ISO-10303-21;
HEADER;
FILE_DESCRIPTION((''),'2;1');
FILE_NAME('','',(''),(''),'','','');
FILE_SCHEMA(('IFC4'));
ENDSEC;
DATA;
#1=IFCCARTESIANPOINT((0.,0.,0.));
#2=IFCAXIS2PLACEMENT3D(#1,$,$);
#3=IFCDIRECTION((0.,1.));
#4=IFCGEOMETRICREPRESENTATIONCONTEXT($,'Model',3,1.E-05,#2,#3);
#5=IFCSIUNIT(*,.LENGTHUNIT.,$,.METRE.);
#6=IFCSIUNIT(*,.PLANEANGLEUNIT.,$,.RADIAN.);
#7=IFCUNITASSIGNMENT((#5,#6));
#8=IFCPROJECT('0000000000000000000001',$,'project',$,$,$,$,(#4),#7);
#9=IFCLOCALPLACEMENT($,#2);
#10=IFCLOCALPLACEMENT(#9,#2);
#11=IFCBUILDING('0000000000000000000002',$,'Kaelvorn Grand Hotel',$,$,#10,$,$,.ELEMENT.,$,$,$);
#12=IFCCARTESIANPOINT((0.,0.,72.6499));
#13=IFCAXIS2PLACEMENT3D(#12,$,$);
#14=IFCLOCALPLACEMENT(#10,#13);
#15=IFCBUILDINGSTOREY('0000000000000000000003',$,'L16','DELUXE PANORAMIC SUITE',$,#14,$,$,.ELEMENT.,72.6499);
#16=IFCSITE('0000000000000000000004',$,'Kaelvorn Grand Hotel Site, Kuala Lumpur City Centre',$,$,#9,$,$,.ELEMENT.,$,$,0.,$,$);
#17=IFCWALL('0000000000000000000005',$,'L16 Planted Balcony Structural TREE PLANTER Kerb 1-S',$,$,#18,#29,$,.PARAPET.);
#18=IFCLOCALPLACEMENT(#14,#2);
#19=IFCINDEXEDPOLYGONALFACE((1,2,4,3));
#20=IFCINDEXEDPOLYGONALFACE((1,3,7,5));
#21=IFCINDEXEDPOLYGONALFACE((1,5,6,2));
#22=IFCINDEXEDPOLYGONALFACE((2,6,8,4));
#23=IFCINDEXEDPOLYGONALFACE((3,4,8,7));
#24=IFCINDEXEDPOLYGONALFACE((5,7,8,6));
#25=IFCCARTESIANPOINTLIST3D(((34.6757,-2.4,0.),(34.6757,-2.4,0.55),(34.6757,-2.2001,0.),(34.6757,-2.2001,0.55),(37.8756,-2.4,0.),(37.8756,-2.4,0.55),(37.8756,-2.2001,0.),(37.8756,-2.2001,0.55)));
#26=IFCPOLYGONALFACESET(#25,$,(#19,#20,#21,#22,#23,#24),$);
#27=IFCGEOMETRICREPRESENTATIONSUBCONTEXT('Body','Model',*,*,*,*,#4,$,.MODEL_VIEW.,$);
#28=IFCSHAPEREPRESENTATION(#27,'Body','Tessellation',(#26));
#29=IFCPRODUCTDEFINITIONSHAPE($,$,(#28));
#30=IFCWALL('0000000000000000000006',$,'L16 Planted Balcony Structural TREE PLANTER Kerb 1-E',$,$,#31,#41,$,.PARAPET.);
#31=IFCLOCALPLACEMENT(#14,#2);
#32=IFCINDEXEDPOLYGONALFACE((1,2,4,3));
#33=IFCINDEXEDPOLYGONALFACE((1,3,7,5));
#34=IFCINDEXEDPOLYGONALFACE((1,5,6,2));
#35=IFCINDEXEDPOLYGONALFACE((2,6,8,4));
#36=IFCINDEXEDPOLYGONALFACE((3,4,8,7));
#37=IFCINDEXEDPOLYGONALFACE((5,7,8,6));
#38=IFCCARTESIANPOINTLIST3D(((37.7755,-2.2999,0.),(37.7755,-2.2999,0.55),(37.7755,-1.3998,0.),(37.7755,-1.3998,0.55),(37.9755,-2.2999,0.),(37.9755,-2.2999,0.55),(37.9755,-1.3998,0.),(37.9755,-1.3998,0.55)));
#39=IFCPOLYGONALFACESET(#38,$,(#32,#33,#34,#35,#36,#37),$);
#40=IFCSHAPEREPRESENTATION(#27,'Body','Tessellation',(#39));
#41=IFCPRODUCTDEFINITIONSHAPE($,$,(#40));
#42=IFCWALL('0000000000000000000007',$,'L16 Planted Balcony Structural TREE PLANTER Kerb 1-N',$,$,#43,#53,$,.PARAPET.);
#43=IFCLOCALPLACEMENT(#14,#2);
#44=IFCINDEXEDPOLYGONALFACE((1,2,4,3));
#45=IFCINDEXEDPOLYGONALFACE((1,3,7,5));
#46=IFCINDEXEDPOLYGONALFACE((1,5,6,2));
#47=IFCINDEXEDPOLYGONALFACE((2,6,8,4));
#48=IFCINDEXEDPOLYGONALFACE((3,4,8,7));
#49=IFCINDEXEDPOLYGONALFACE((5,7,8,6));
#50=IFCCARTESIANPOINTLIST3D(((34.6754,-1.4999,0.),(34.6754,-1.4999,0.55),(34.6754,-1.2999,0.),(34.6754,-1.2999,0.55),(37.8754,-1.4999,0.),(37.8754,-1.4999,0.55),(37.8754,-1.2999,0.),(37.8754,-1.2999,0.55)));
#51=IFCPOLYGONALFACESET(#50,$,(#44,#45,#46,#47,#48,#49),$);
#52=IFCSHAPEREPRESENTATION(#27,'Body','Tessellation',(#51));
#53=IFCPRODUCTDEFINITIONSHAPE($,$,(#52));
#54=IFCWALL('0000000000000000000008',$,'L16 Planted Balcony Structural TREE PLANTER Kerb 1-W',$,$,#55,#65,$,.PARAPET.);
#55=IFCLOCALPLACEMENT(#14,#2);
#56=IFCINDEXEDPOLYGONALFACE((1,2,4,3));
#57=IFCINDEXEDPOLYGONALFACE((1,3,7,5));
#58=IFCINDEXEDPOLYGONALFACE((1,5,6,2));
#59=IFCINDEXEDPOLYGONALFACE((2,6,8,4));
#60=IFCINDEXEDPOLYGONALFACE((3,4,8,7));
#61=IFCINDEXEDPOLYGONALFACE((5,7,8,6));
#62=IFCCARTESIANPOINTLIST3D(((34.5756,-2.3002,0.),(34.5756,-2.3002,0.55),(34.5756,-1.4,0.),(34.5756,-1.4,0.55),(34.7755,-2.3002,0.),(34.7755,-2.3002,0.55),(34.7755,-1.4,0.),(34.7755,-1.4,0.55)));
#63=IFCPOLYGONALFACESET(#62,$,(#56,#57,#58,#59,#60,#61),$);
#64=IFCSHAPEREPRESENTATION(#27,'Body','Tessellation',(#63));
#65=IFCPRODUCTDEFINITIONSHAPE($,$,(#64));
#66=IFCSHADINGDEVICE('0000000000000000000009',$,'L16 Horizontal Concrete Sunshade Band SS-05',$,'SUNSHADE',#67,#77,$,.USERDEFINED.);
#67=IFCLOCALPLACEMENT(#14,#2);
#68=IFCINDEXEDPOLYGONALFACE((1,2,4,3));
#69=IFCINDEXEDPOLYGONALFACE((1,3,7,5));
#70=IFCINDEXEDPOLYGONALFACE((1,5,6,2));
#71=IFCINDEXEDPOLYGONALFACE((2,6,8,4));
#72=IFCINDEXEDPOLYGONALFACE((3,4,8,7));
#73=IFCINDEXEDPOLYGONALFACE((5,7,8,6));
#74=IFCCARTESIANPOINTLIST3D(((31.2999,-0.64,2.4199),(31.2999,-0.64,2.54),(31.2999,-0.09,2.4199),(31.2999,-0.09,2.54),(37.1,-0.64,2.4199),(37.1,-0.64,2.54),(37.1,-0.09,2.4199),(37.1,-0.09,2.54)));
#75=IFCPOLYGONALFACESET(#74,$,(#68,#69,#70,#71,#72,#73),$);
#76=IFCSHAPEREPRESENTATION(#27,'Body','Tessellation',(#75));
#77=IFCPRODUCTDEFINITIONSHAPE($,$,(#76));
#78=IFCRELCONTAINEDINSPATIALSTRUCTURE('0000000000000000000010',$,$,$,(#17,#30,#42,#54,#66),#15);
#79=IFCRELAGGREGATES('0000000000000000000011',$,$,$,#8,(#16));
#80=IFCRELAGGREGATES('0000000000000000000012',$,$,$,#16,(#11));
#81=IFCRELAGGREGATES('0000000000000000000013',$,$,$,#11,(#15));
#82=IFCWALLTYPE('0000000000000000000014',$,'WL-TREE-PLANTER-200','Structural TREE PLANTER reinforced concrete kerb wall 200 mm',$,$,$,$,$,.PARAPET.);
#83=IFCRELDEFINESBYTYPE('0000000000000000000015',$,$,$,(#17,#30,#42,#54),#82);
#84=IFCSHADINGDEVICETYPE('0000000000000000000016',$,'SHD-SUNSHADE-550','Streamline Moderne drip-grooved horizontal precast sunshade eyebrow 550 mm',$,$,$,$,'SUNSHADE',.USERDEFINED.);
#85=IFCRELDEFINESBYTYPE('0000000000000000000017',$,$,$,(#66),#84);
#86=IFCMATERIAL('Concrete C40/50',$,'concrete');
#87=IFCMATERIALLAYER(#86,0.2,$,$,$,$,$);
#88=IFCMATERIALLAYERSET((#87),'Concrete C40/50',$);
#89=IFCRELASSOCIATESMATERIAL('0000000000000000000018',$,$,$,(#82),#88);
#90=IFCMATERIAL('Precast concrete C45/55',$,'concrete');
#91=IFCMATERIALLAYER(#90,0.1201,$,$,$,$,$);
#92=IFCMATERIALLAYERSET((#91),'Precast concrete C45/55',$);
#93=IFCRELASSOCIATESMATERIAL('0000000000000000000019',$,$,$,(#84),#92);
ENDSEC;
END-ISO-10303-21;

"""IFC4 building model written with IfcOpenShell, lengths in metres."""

from ifc_helpers import new_model, si_unit, direction, frame, frame_2d, origin, origin_2d, place, context, subcontext, project, spatial, rectangle, extrude, material, layer, layer_set, type_object, element, save


model = new_model("IFC4")

# Units and contexts
model_context = context("Model", 3, precision=1e-05, world=origin(), true_north=direction((0.0, 1.0)))
body_context = subcontext(model_context, "Body", "Model", "MODEL_VIEW")
ifc_project = project(units=[si_unit("LENGTHUNIT", "METRE"), si_unit("PLANEANGLEUNIT", "RADIAN")], contexts=[model_context])

# Site, building, storey
site_placement = place(None, origin())
site = spatial("IfcSite", under=ifc_project, at=site_placement, Name="Kaelvorn Grand Hotel Site, Kuala Lumpur City Centre", CompositionType="ELEMENT", RefElevation=0.0)
building_placement = place(site_placement, origin())
building = spatial("IfcBuilding", under=site, at=building_placement, Name="Kaelvorn Grand Hotel", CompositionType="ELEMENT")
storey_placement = place(building_placement, frame((0.0, 0.0, 72.6499)))
storey = spatial("IfcBuildingStorey", under=building, at=storey_placement, Name="L16", Description="DELUXE PANORAMIC SUITE", CompositionType="ELEMENT", Elevation=72.6499)

# Shared definitions
ifc_material_1 = material(Name="Concrete C40/50", Category="concrete")

# Walls
ifc_layer_1 = layer(ifc_material_1, 0.2)
ifc_layer_set_1 = layer_set([ifc_layer_1], Name="Concrete C40/50")
wall_type_1 = type_object("IfcWallType", Name="WL-TREE-PLANTER-200", Description="Structural TREE PLANTER reinforced concrete kerb wall 200 mm", PredefinedType="PARAPET", material=ifc_layer_set_1)
wall_1_placement = place(storey_placement, frame((34.6755, -2.3, 0.0), z_axis=(0.0, 0.0, 1.0), x_axis=(1.0, 0.0, 0.0)))
element("IfcWall", 1, at=wall_1_placement, inside=storey, type_object=wall_type_1, Name="L16 Planted Balcony Structural TREE PLANTER Kerb 1-S", PredefinedType="PARAPET", context=body_context, shape_type="SweptSolid", body=[
    extrude(rectangle(XDim=3.2, YDim=0.2, at=frame_2d((1.6001, 0.0))), origin(), (0.0, 0.0, 1.0), 0.55),
])
wall_2_placement = place(storey_placement, frame((37.8755, -2.3, 0.0), z_axis=(0.0, 0.0, 1.0), x_axis=(0.0, 1.0, 0.0)))
element("IfcWall", 2, at=wall_2_placement, inside=storey, type_object=wall_type_1, Name="L16 Planted Balcony Structural TREE PLANTER Kerb 1-E", PredefinedType="PARAPET", context=body_context, shape_type="SweptSolid", body=[
    extrude(rectangle(XDim=0.9001, YDim=0.2, at=frame_2d((0.4502, 0.0))), origin(), (0.0, 0.0, 1.0), 0.55),
])
wall_3_placement = place(storey_placement, frame((37.8755, -1.3999, 0.0), z_axis=(0.0, 0.0, 1.0), x_axis=(-1.0, 0.0, 0.0)))
element("IfcWall", 3, at=wall_3_placement, inside=storey, type_object=wall_type_1, Name="L16 Planted Balcony Structural TREE PLANTER Kerb 1-N", PredefinedType="PARAPET", context=body_context, shape_type="SweptSolid", body=[
    extrude(rectangle(XDim=3.2, YDim=0.2, at=frame_2d((1.6001, 0.0))), origin(), (0.0, 0.0, 1.0), 0.55),
])
wall_4_placement = place(storey_placement, frame((34.6755, -1.3999, 0.0), z_axis=(0.0, 0.0, 1.0), x_axis=(0.0, -1.0, 0.0)))
element("IfcWall", 4, at=wall_4_placement, inside=storey, type_object=wall_type_1, Name="L16 Planted Balcony Structural TREE PLANTER Kerb 1-W", PredefinedType="PARAPET", context=body_context, shape_type="SweptSolid", body=[
    extrude(rectangle(XDim=0.9001, YDim=0.2, at=frame_2d((0.4502, 0.0))), origin(), (0.0, 0.0, 1.0), 0.55),
])

# Shading device
ifc_material_2 = material(Name="Precast concrete C45/55", Category="concrete")
ifc_layer_2 = layer(ifc_material_2, 0.1201)
ifc_layer_set_2 = layer_set([ifc_layer_2], Name="Precast concrete C45/55")
shading_device_type = type_object("IfcShadingDeviceType", Name="SHD-SUNSHADE-550", Description="Streamline Moderne drip-grooved horizontal precast sunshade eyebrow 550 mm", ElementType="SUNSHADE", PredefinedType="USERDEFINED", material=ifc_layer_set_2)
shading_device_placement = place(storey_placement, frame((34.2, -0.365, 2.4199), z_axis=(0.0, 0.0, 1.0), x_axis=(1.0, 0.0, 0.0)))
element("IfcShadingDevice", 5, at=shading_device_placement, inside=storey, type_object=shading_device_type, Name="L16 Horizontal Concrete Sunshade Band SS-05", ObjectType="SUNSHADE", PredefinedType="USERDEFINED", context=body_context, shape_type="SweptSolid", body=[
    extrude(rectangle(XDim=5.8, YDim=0.55, at=origin_2d()), origin(), (0.0, 0.0, 1.0), 0.1201),
])

save(model, "model.ifc")
